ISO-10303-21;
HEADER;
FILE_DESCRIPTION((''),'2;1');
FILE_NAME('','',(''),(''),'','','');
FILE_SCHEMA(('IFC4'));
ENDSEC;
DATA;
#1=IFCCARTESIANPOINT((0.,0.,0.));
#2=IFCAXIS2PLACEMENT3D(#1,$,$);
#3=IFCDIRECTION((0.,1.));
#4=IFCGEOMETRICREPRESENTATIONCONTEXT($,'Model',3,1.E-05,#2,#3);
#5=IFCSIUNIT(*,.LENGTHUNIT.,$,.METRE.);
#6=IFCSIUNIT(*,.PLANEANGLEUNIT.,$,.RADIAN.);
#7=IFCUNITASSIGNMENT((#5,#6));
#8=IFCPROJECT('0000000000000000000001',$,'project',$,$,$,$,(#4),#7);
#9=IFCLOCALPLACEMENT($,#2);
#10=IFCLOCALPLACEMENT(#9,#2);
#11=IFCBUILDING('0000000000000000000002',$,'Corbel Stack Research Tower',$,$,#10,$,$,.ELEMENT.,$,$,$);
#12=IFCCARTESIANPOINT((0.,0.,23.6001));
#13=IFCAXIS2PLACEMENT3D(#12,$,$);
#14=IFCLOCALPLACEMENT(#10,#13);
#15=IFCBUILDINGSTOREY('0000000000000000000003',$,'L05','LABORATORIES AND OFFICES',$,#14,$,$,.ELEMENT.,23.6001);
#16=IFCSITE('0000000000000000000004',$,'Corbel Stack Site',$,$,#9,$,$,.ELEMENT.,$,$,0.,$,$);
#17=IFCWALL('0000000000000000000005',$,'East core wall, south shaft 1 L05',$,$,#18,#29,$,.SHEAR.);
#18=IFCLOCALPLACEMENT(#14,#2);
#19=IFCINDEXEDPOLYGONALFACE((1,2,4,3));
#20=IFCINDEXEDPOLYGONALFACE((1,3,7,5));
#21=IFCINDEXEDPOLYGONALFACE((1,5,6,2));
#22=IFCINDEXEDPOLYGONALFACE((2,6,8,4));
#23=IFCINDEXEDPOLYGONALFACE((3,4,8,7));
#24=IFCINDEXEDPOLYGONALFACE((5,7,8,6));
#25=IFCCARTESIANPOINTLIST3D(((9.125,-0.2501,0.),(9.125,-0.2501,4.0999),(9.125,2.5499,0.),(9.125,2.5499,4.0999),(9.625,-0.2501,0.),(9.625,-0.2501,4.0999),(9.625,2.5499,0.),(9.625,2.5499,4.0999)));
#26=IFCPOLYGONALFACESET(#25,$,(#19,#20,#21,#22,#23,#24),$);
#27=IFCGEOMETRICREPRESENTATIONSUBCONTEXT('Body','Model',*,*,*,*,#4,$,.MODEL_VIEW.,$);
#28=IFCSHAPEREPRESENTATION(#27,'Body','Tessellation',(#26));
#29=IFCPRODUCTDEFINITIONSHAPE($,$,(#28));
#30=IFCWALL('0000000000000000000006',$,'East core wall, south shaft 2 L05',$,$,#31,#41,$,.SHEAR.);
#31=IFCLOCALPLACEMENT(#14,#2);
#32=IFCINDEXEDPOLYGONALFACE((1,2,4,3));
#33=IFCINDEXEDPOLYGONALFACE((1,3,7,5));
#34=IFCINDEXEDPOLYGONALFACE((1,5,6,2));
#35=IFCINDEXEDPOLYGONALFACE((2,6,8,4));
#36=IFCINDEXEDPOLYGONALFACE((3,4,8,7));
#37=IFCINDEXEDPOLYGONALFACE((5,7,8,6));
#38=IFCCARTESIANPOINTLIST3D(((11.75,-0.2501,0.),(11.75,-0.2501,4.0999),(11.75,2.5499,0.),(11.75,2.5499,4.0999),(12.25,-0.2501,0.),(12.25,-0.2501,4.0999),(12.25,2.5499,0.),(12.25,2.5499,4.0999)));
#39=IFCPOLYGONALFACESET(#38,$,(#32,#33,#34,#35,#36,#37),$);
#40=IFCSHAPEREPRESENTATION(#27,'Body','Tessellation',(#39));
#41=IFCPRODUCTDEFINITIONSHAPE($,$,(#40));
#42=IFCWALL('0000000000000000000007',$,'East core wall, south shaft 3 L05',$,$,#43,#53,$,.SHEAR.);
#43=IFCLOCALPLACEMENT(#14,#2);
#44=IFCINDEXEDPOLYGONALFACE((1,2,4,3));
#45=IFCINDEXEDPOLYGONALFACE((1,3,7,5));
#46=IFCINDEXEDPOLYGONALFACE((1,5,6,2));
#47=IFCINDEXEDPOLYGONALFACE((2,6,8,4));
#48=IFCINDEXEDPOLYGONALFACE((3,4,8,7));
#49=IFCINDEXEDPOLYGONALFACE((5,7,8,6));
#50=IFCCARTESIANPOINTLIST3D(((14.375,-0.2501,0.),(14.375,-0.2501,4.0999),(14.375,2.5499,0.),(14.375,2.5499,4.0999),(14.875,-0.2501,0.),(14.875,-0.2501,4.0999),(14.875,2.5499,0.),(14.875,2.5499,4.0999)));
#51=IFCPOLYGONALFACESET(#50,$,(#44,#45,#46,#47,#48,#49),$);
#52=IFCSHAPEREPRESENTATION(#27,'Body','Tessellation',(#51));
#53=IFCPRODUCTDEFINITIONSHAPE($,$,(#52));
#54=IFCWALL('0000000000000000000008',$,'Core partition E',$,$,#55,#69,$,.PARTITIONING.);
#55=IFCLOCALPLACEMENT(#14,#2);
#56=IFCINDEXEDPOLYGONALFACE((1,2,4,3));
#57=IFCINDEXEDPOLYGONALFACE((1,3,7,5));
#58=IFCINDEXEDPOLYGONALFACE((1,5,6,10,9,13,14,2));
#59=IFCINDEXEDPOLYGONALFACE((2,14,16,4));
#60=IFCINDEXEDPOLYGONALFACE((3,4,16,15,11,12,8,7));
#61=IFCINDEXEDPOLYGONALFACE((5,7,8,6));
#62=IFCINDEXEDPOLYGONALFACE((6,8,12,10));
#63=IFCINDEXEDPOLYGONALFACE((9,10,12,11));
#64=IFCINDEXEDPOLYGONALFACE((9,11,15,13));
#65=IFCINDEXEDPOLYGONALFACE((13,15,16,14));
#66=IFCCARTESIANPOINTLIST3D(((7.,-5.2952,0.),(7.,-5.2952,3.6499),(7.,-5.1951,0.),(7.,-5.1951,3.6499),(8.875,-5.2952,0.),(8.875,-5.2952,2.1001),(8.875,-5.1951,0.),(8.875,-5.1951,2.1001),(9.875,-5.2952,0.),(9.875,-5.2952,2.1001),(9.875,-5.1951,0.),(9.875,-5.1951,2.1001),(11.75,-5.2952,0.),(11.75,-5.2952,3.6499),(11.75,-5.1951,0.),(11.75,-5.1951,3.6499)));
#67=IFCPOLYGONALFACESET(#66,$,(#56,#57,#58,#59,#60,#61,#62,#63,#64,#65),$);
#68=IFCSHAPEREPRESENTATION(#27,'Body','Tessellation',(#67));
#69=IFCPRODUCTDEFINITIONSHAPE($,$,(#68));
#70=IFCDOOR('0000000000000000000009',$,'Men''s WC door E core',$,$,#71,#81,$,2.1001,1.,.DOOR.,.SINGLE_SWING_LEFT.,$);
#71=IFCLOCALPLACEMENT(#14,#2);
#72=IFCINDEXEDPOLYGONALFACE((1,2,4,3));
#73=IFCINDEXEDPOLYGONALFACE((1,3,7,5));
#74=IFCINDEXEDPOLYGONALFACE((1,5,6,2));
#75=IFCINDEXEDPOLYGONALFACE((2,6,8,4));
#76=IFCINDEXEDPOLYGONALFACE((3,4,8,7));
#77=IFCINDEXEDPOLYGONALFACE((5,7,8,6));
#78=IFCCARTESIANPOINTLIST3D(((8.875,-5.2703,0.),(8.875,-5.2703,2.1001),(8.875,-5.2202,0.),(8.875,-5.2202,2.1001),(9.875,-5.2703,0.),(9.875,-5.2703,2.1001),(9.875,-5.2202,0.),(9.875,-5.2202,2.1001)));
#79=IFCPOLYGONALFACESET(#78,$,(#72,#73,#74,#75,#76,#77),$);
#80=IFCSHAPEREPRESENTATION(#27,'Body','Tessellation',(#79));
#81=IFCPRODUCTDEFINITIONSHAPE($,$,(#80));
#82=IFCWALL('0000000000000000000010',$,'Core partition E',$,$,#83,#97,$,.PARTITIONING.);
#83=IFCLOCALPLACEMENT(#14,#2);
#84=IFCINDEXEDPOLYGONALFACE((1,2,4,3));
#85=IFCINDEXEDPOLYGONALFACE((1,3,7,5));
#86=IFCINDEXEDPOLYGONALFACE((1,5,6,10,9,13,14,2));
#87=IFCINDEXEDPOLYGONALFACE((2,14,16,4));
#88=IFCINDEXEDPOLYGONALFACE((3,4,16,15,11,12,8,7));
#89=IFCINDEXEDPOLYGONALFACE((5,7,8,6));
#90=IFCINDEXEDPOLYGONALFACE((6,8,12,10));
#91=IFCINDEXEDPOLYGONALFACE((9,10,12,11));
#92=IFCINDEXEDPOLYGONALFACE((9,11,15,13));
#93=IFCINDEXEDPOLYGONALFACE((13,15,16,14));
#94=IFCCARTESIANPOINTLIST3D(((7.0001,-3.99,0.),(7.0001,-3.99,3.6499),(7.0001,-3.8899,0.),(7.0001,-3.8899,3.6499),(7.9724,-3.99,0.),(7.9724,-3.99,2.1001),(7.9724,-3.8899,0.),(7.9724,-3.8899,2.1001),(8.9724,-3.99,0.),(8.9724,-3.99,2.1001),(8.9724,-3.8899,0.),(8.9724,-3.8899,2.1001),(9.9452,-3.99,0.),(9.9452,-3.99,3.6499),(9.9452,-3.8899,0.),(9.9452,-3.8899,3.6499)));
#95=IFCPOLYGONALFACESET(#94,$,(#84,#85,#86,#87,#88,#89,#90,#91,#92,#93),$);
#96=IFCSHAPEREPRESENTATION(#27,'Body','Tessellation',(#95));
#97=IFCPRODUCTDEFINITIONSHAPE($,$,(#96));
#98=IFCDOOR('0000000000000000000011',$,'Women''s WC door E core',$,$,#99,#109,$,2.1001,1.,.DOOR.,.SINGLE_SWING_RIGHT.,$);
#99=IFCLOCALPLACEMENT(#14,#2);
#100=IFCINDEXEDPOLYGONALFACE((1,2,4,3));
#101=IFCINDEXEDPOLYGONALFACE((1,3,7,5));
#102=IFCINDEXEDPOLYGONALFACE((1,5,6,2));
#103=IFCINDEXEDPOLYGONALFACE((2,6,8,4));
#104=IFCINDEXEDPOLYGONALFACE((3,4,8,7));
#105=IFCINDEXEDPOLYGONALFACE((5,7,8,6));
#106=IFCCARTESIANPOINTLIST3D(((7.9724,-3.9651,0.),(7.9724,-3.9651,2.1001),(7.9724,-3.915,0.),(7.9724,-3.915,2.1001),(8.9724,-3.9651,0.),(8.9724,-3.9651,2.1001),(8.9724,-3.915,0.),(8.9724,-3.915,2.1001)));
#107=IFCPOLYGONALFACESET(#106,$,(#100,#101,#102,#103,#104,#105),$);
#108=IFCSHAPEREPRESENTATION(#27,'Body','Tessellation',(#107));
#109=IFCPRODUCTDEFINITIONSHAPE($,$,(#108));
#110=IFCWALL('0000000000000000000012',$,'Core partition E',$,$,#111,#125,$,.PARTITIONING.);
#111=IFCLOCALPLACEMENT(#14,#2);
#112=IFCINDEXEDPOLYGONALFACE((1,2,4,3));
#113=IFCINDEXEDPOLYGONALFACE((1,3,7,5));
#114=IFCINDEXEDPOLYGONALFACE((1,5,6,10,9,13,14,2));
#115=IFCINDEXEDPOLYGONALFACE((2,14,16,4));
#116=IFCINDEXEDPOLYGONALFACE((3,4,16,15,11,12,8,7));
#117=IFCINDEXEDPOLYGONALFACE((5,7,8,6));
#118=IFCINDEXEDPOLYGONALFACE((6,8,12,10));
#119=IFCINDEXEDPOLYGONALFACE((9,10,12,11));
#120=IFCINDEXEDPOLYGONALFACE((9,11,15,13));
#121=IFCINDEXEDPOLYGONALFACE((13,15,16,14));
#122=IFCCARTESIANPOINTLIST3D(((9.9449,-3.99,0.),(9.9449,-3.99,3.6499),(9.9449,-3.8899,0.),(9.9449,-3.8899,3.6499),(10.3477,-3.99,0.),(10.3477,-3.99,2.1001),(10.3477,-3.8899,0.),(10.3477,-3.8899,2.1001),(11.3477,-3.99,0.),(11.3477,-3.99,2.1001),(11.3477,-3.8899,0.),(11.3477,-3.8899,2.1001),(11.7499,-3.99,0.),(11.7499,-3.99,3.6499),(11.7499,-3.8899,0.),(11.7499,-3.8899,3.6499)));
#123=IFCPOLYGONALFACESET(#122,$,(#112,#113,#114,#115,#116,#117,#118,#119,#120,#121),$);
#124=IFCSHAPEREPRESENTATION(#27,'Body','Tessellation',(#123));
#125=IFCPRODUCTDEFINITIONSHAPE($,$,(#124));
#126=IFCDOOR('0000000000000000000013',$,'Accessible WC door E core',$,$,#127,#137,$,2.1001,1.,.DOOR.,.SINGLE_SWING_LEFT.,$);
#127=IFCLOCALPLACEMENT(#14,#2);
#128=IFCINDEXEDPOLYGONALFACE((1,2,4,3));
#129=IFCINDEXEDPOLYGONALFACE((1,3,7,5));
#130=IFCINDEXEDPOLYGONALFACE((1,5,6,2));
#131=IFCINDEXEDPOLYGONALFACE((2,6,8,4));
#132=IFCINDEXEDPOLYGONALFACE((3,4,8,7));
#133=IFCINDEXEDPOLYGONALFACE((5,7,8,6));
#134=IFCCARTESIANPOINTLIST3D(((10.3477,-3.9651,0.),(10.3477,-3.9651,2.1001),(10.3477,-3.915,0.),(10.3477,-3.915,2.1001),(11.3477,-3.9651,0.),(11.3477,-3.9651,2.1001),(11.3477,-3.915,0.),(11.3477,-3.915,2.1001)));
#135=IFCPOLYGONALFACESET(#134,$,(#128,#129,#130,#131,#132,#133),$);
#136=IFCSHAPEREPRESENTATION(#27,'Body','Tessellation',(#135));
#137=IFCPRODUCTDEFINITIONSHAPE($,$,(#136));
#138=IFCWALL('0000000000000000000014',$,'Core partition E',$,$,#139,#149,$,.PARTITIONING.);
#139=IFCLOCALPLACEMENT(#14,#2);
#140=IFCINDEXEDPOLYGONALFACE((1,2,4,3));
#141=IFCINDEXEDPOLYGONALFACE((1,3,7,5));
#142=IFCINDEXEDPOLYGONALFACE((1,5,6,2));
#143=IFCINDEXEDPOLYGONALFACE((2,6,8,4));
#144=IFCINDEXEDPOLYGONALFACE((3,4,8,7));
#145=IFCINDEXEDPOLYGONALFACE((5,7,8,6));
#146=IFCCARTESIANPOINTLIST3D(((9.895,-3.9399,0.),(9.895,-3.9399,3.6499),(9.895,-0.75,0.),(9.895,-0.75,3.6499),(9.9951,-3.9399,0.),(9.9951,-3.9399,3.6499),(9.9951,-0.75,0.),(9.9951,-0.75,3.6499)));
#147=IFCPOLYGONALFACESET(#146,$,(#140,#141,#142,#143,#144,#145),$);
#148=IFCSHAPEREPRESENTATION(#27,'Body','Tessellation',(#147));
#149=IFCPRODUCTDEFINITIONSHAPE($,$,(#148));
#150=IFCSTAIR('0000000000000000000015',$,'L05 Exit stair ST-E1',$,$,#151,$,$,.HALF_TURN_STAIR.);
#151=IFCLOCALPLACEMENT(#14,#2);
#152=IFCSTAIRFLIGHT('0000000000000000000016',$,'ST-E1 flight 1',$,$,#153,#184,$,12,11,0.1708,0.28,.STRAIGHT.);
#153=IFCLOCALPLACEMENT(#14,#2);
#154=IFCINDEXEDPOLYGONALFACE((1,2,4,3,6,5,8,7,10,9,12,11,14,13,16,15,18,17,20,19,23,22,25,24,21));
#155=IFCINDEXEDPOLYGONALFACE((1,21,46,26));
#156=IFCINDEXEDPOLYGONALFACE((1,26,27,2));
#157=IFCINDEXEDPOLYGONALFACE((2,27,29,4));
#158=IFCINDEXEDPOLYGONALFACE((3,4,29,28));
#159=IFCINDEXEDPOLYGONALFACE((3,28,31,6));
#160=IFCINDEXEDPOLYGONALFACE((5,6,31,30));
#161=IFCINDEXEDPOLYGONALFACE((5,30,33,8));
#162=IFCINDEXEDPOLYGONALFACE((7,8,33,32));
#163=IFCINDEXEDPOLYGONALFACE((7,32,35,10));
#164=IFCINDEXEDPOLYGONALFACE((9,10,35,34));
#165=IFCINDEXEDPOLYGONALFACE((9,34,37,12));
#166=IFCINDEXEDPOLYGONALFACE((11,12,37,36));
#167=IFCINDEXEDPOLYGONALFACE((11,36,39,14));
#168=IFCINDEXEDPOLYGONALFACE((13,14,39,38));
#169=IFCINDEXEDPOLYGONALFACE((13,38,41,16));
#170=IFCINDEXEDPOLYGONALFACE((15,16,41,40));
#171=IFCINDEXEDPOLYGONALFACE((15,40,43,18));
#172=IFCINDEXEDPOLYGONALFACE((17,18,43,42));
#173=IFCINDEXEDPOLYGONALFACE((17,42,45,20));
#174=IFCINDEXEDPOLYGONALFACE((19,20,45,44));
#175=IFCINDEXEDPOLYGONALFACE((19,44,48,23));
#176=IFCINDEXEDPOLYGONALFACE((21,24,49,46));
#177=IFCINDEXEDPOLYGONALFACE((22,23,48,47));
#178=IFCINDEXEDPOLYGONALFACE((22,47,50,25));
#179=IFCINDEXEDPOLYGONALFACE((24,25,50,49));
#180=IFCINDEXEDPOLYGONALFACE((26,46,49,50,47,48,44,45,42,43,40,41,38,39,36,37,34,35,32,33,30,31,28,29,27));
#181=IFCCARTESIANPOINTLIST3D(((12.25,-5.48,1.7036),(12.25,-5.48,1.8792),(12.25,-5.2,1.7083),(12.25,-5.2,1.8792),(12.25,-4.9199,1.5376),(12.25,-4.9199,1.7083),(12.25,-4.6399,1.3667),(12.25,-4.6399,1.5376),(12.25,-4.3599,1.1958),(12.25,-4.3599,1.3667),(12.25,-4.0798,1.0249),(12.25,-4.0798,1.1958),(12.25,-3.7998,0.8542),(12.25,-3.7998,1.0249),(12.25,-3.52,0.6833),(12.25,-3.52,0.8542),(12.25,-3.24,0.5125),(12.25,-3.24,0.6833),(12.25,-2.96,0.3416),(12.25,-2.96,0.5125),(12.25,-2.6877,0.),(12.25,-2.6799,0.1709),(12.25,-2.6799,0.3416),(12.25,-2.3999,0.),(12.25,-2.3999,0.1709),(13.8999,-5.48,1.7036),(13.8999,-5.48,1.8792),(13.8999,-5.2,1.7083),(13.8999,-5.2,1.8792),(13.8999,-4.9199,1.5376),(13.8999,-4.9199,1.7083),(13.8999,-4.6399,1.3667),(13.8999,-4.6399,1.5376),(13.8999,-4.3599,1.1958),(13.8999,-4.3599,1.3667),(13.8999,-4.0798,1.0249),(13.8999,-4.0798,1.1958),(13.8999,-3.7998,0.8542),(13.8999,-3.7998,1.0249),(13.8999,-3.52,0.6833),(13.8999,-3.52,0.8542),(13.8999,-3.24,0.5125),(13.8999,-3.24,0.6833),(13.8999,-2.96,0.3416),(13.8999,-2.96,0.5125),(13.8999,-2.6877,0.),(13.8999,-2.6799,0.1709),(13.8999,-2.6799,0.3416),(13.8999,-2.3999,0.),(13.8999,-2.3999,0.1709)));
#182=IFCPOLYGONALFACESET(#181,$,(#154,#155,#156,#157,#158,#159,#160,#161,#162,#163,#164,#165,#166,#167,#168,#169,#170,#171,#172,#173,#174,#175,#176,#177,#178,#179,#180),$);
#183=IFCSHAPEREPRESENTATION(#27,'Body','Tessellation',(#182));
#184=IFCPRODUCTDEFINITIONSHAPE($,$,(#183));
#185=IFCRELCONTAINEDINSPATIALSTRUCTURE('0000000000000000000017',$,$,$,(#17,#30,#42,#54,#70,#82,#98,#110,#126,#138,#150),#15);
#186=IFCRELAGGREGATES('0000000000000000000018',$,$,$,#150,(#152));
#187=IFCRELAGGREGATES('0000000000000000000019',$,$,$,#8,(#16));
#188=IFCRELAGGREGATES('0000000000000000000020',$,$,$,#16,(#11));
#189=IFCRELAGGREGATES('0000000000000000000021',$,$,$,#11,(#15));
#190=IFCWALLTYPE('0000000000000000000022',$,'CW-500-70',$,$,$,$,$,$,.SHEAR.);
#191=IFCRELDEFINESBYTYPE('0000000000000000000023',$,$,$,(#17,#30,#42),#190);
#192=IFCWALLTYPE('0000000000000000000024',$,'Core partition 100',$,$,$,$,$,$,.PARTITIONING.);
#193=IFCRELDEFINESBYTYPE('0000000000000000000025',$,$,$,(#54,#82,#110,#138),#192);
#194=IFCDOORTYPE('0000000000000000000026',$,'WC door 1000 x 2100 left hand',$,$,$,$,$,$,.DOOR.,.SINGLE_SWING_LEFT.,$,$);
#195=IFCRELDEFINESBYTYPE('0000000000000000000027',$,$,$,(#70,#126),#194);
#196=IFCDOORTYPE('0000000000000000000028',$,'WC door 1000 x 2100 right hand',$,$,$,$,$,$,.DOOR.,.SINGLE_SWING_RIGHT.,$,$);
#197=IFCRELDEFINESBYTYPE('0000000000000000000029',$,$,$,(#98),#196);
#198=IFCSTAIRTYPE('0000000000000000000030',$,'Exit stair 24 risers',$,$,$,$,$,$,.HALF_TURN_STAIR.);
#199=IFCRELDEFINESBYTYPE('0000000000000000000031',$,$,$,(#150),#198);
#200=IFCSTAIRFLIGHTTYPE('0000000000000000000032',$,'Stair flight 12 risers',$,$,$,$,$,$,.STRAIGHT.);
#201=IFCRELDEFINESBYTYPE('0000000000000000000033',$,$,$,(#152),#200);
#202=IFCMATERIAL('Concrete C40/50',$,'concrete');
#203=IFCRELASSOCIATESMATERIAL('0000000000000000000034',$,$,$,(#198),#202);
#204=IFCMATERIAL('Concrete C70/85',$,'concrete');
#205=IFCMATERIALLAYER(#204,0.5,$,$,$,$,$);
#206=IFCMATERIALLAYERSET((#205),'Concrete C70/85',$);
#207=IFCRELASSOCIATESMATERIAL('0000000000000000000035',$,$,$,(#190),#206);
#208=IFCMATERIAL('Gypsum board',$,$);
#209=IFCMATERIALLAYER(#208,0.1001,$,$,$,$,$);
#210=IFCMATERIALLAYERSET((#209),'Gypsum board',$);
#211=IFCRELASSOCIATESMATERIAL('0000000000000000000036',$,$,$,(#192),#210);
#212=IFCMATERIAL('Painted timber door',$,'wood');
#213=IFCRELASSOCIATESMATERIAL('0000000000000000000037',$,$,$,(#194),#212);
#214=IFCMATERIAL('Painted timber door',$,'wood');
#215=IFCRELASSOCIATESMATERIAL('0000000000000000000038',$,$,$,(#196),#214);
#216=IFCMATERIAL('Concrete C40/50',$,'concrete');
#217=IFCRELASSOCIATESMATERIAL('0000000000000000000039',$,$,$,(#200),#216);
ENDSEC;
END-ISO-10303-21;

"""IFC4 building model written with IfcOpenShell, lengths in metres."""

from ifc_helpers import new_model, si_unit, direction, frame, frame_2d, origin, place, context, subcontext, project, spatial, polyline, rectangle, outline, extrude, material, layer, layer_set, type_object, element, fill, aggregate, save


model = new_model("IFC4")

# Units and contexts
model_context = context("Model", 3, precision=1e-05, world=origin(), true_north=direction((0.0, 1.0)))
body_context = subcontext(model_context, "Body", "Model", "MODEL_VIEW")
ifc_project = project(units=[si_unit("LENGTHUNIT", "METRE"), si_unit("PLANEANGLEUNIT", "RADIAN")], contexts=[model_context])

# Site, building, storey
site_placement = place(None, origin())
site = spatial("IfcSite", under=ifc_project, at=site_placement, Name="Corbel Stack Site", CompositionType="ELEMENT", RefElevation=0.0)
building_placement = place(site_placement, origin())
building = spatial("IfcBuilding", under=site, at=building_placement, Name="Corbel Stack Research Tower", CompositionType="ELEMENT")
storey_placement = place(building_placement, frame((0.0, 0.0, 23.6001)))
storey = spatial("IfcBuildingStorey", under=building, at=storey_placement, Name="L05", Description="LABORATORIES AND OFFICES", CompositionType="ELEMENT", Elevation=23.6001)

# Shared definitions
ifc_material_1 = material(Name="Concrete C40/50", Category="concrete")
stair_type = type_object("IfcStairType", Name="Exit stair 24 risers", PredefinedType="HALF_TURN_STAIR", material=ifc_material_1)

# Walls
ifc_material_2 = material(Name="Concrete C70/85", Category="concrete")
ifc_layer_1 = layer(ifc_material_2, 0.5)
ifc_layer_set_1 = layer_set([ifc_layer_1], Name="Concrete C70/85")
wall_type_1 = type_object("IfcWallType", Name="CW-500-70", PredefinedType="SHEAR", material=ifc_layer_set_1)
for number, where, z_axis, x_axis, name in (
    (1, (9.375, -0.25, 0.0), (0.0, 0.0, 1.0), (0.0, 1.0, 0.0), "East core wall, south shaft 1 L05"),
    (2, (12.0, -0.25, 0.0), (0.0, 0.0, 1.0), (0.0, 1.0, 0.0), "East core wall, south shaft 2 L05"),
    (3, (14.625, -0.25, 0.0), (0.0, 0.0, 1.0), (0.0, 1.0, 0.0), "East core wall, south shaft 3 L05"),
):
    element("IfcWall", number, at=place(storey_placement, frame(where, z_axis=z_axis, x_axis=x_axis)), inside=storey, type_object=wall_type_1, Name=name, PredefinedType="SHEAR", context=body_context, shape_type="SweptSolid", body=[
        extrude(rectangle(XDim=2.8, YDim=0.5, at=frame_2d((1.3999, 0.0))), origin(), (0.0, 0.0, 1.0), 4.0999),
    ])

# Walls, openings, doors
ifc_material_3 = material(Name="Gypsum board")
ifc_layer_2 = layer(ifc_material_3, 0.1001)
ifc_layer_set_2 = layer_set([ifc_layer_2], Name="Gypsum board")
wall_type_2 = type_object("IfcWallType", Name="Core partition 100", PredefinedType="PARTITIONING", material=ifc_layer_set_2)
wall_1_placement = place(storey_placement, frame((7.0, -5.2451, 0.0), z_axis=(0.0, 0.0, 1.0), x_axis=(1.0, 0.0, 0.0)))
wall_1 = element("IfcWall", 4, at=wall_1_placement, inside=storey, type_object=wall_type_2, Name="Core partition E", PredefinedType="PARTITIONING", context=body_context, shape_type="SweptSolid", body=[
    extrude(rectangle(XDim=4.75, YDim=0.1001, at=frame_2d((2.375, 0.0))), origin(), (0.0, 0.0, 1.0), 3.6499),
])
opening_1_placement = place(wall_1_placement, frame((1.875, 0.0, 0.0)))
opening_1 = element("IfcOpeningElement", 5, at=opening_1_placement, cuts=wall_1, PredefinedType="OPENING", context=body_context, shape_type="SweptSolid", body=[
    extrude(rectangle(XDim=1.0, YDim=2.1001, at=frame_2d((0.5, 1.05))), frame((0.0, 0.0601, 0.0), z_axis=(0.0, -1.0, 0.0), x_axis=(1.0, 0.0, 0.0)), (0.0, 0.0, 1.0), 0.1201),
])
ifc_material_4 = material(Name="Painted timber door", Category="wood")
door_type_1 = type_object("IfcDoorType", Name="WC door 1000 x 2100 left hand", OperationType="SINGLE_SWING_LEFT", PredefinedType="DOOR", material=ifc_material_4)
door_1_placement = place(opening_1_placement, origin())
door_1 = element("IfcDoor", 6, at=door_1_placement, inside=storey, type_object=door_type_1, Name="Men's WC door E core", OperationType="SINGLE_SWING_LEFT", OverallHeight=2.1001, OverallWidth=1.0, PredefinedType="DOOR", context=body_context, shape_type="SweptSolid", body=[
    extrude(rectangle(XDim=1.0, YDim=2.1001, at=frame_2d((0.5, 1.05))), frame((0.0, 0.0249, 0.0), z_axis=(0.0, -1.0, 0.0), x_axis=(1.0, 0.0, 0.0)), (0.0, 0.0, 1.0), 0.05),
])
fill(opening_1, door_1)
wall_2_placement = place(storey_placement, frame((7.0, -3.9399, 0.0), z_axis=(0.0, 0.0, 1.0), x_axis=(1.0, 0.0, 0.0)))
wall_2 = element("IfcWall", 7, at=wall_2_placement, inside=storey, type_object=wall_type_2, Name="Core partition E", PredefinedType="PARTITIONING", context=body_context, shape_type="SweptSolid", body=[
    extrude(rectangle(XDim=2.9451, YDim=0.1001, at=frame_2d((1.4727, 0.0))), origin(), (0.0, 0.0, 1.0), 3.6499),
])
opening_2_placement = place(wall_2_placement, frame((0.9724, 0.0, 0.0)))
opening_2 = element("IfcOpeningElement", 8, at=opening_2_placement, cuts=wall_2, PredefinedType="OPENING", context=body_context, shape_type="SweptSolid", body=[
    extrude(rectangle(XDim=1.0, YDim=2.1001, at=frame_2d((0.5, 1.05))), frame((0.0, 0.0601, 0.0), z_axis=(0.0, -1.0, 0.0), x_axis=(1.0, 0.0, 0.0)), (0.0, 0.0, 1.0), 0.1201),
])
ifc_material_5 = material(Name="Painted timber door", Category="wood")
door_type_2 = type_object("IfcDoorType", Name="WC door 1000 x 2100 right hand", OperationType="SINGLE_SWING_RIGHT", PredefinedType="DOOR", material=ifc_material_5)
door_2_placement = place(opening_2_placement, origin())
door_2 = element("IfcDoor", 9, at=door_2_placement, inside=storey, type_object=door_type_2, Name="Women's WC door E core", OperationType="SINGLE_SWING_RIGHT", OverallHeight=2.1001, OverallWidth=1.0, PredefinedType="DOOR", context=body_context, shape_type="SweptSolid", body=[
    extrude(rectangle(XDim=1.0, YDim=2.1001, at=frame_2d((0.5, 1.05))), frame((0.0, 0.0249, 0.0), z_axis=(0.0, -1.0, 0.0), x_axis=(1.0, 0.0, 0.0)), (0.0, 0.0, 1.0), 0.05),
])
fill(opening_2, door_2)
wall_3_placement = place(storey_placement, frame((9.9451, -3.9399, 0.0), z_axis=(0.0, 0.0, 1.0), x_axis=(1.0, 0.0, 0.0)))
wall_3 = element("IfcWall", 10, at=wall_3_placement, inside=storey, type_object=wall_type_2, Name="Core partition E", PredefinedType="PARTITIONING", context=body_context, shape_type="SweptSolid", body=[
    extrude(rectangle(XDim=1.8049, YDim=0.1001, at=frame_2d((0.9023, 0.0))), origin(), (0.0, 0.0, 1.0), 3.6499),
])
opening_3_placement = place(wall_3_placement, frame((0.4026, 0.0, 0.0)))
opening_3 = element("IfcOpeningElement", 11, at=opening_3_placement, cuts=wall_3, PredefinedType="OPENING", context=body_context, shape_type="SweptSolid", body=[
    extrude(rectangle(XDim=1.0, YDim=2.1001, at=frame_2d((0.5, 1.05))), frame((0.0, 0.0601, 0.0), z_axis=(0.0, -1.0, 0.0), x_axis=(1.0, 0.0, 0.0)), (0.0, 0.0, 1.0), 0.1201),
])
door_3_placement = place(opening_3_placement, origin())
door_3 = element("IfcDoor", 12, at=door_3_placement, inside=storey, type_object=door_type_1, Name="Accessible WC door E core", OperationType="SINGLE_SWING_LEFT", OverallHeight=2.1001, OverallWidth=1.0, PredefinedType="DOOR", context=body_context, shape_type="SweptSolid", body=[
    extrude(rectangle(XDim=1.0, YDim=2.1001, at=frame_2d((0.5, 1.05))), frame((0.0, 0.0249, 0.0), z_axis=(0.0, -1.0, 0.0), x_axis=(1.0, 0.0, 0.0)), (0.0, 0.0, 1.0), 0.05),
])
fill(opening_3, door_3)

# Wall
wall_4_placement = place(storey_placement, frame((9.9451, -3.9399, 0.0), z_axis=(0.0, 0.0, 1.0), x_axis=(0.0, 1.0, 0.0)))
element("IfcWall", 13, at=wall_4_placement, inside=storey, type_object=wall_type_2, Name="Core partition E", PredefinedType="PARTITIONING", context=body_context, shape_type="SweptSolid", body=[
    extrude(rectangle(XDim=3.1899, YDim=0.1001, at=frame_2d((1.595, 0.0))), origin(), (0.0, 0.0, 1.0), 3.6499),
])

# Stair, stair flight
stair_1_placement = place(storey_placement, origin())
stair_1 = element("IfcStair", 14, at=stair_1_placement, inside=storey, type_object=stair_type, Name="L05 Exit stair ST-E1", PredefinedType="HALF_TURN_STAIR")
ifc_material_6 = material(Name="Concrete C40/50", Category="concrete")
stair_flight_type = type_object("IfcStairFlightType", Name="Stair flight 12 risers", PredefinedType="STRAIGHT", material=ifc_material_6)
stair_flight_1_placement = place(storey_placement, frame((13.075, -2.3999, 0.0), z_axis=(0.0, 0.0, 1.0), x_axis=(0.0, -1.0, 0.0)))
stair_flight_1 = element("IfcStairFlight", 15, at=stair_flight_1_placement, type_object=stair_flight_type, Name="ST-E1 flight 1", NumberOfRisers=12, NumberOfTreads=11, PredefinedType="STRAIGHT", RiserHeight=0.1708, TreadLength=0.28, context=body_context, shape_type="SweptSolid", body=[
    extrude(outline(polyline([(0.0, 0.0), (0.0, 0.1709), (0.28, 0.1709), (0.28, 0.3416), (0.5601, 0.3416), (0.5601, 0.5125), (0.8401, 0.5125), (0.8401, 0.6833), (1.1201, 0.6833), (1.1201, 0.8542), (1.3999, 0.8542), (1.3999, 1.0249), (1.6799, 1.0249), (1.6799, 1.1958), (1.96, 1.1958), (1.96, 1.3667), (2.24, 1.3667), (2.24, 1.5376), (2.52, 1.5376), (2.52, 1.7083), (2.8, 1.7083), (2.8, 1.8792), (3.0801, 1.8792), (3.0801, 2.05), (3.0801, 1.7036), (0.2878, 0.0), (0.0, 0.0)])), frame((0.0, 0.825, 0.0), z_axis=(0.0, -1.0, 0.0), x_axis=(1.0, 0.0, 0.0)), (0.0, 0.0, 1.0), 1.6499),
])
aggregate(stair_1, [stair_flight_1])

save(model, "model.ifc")
